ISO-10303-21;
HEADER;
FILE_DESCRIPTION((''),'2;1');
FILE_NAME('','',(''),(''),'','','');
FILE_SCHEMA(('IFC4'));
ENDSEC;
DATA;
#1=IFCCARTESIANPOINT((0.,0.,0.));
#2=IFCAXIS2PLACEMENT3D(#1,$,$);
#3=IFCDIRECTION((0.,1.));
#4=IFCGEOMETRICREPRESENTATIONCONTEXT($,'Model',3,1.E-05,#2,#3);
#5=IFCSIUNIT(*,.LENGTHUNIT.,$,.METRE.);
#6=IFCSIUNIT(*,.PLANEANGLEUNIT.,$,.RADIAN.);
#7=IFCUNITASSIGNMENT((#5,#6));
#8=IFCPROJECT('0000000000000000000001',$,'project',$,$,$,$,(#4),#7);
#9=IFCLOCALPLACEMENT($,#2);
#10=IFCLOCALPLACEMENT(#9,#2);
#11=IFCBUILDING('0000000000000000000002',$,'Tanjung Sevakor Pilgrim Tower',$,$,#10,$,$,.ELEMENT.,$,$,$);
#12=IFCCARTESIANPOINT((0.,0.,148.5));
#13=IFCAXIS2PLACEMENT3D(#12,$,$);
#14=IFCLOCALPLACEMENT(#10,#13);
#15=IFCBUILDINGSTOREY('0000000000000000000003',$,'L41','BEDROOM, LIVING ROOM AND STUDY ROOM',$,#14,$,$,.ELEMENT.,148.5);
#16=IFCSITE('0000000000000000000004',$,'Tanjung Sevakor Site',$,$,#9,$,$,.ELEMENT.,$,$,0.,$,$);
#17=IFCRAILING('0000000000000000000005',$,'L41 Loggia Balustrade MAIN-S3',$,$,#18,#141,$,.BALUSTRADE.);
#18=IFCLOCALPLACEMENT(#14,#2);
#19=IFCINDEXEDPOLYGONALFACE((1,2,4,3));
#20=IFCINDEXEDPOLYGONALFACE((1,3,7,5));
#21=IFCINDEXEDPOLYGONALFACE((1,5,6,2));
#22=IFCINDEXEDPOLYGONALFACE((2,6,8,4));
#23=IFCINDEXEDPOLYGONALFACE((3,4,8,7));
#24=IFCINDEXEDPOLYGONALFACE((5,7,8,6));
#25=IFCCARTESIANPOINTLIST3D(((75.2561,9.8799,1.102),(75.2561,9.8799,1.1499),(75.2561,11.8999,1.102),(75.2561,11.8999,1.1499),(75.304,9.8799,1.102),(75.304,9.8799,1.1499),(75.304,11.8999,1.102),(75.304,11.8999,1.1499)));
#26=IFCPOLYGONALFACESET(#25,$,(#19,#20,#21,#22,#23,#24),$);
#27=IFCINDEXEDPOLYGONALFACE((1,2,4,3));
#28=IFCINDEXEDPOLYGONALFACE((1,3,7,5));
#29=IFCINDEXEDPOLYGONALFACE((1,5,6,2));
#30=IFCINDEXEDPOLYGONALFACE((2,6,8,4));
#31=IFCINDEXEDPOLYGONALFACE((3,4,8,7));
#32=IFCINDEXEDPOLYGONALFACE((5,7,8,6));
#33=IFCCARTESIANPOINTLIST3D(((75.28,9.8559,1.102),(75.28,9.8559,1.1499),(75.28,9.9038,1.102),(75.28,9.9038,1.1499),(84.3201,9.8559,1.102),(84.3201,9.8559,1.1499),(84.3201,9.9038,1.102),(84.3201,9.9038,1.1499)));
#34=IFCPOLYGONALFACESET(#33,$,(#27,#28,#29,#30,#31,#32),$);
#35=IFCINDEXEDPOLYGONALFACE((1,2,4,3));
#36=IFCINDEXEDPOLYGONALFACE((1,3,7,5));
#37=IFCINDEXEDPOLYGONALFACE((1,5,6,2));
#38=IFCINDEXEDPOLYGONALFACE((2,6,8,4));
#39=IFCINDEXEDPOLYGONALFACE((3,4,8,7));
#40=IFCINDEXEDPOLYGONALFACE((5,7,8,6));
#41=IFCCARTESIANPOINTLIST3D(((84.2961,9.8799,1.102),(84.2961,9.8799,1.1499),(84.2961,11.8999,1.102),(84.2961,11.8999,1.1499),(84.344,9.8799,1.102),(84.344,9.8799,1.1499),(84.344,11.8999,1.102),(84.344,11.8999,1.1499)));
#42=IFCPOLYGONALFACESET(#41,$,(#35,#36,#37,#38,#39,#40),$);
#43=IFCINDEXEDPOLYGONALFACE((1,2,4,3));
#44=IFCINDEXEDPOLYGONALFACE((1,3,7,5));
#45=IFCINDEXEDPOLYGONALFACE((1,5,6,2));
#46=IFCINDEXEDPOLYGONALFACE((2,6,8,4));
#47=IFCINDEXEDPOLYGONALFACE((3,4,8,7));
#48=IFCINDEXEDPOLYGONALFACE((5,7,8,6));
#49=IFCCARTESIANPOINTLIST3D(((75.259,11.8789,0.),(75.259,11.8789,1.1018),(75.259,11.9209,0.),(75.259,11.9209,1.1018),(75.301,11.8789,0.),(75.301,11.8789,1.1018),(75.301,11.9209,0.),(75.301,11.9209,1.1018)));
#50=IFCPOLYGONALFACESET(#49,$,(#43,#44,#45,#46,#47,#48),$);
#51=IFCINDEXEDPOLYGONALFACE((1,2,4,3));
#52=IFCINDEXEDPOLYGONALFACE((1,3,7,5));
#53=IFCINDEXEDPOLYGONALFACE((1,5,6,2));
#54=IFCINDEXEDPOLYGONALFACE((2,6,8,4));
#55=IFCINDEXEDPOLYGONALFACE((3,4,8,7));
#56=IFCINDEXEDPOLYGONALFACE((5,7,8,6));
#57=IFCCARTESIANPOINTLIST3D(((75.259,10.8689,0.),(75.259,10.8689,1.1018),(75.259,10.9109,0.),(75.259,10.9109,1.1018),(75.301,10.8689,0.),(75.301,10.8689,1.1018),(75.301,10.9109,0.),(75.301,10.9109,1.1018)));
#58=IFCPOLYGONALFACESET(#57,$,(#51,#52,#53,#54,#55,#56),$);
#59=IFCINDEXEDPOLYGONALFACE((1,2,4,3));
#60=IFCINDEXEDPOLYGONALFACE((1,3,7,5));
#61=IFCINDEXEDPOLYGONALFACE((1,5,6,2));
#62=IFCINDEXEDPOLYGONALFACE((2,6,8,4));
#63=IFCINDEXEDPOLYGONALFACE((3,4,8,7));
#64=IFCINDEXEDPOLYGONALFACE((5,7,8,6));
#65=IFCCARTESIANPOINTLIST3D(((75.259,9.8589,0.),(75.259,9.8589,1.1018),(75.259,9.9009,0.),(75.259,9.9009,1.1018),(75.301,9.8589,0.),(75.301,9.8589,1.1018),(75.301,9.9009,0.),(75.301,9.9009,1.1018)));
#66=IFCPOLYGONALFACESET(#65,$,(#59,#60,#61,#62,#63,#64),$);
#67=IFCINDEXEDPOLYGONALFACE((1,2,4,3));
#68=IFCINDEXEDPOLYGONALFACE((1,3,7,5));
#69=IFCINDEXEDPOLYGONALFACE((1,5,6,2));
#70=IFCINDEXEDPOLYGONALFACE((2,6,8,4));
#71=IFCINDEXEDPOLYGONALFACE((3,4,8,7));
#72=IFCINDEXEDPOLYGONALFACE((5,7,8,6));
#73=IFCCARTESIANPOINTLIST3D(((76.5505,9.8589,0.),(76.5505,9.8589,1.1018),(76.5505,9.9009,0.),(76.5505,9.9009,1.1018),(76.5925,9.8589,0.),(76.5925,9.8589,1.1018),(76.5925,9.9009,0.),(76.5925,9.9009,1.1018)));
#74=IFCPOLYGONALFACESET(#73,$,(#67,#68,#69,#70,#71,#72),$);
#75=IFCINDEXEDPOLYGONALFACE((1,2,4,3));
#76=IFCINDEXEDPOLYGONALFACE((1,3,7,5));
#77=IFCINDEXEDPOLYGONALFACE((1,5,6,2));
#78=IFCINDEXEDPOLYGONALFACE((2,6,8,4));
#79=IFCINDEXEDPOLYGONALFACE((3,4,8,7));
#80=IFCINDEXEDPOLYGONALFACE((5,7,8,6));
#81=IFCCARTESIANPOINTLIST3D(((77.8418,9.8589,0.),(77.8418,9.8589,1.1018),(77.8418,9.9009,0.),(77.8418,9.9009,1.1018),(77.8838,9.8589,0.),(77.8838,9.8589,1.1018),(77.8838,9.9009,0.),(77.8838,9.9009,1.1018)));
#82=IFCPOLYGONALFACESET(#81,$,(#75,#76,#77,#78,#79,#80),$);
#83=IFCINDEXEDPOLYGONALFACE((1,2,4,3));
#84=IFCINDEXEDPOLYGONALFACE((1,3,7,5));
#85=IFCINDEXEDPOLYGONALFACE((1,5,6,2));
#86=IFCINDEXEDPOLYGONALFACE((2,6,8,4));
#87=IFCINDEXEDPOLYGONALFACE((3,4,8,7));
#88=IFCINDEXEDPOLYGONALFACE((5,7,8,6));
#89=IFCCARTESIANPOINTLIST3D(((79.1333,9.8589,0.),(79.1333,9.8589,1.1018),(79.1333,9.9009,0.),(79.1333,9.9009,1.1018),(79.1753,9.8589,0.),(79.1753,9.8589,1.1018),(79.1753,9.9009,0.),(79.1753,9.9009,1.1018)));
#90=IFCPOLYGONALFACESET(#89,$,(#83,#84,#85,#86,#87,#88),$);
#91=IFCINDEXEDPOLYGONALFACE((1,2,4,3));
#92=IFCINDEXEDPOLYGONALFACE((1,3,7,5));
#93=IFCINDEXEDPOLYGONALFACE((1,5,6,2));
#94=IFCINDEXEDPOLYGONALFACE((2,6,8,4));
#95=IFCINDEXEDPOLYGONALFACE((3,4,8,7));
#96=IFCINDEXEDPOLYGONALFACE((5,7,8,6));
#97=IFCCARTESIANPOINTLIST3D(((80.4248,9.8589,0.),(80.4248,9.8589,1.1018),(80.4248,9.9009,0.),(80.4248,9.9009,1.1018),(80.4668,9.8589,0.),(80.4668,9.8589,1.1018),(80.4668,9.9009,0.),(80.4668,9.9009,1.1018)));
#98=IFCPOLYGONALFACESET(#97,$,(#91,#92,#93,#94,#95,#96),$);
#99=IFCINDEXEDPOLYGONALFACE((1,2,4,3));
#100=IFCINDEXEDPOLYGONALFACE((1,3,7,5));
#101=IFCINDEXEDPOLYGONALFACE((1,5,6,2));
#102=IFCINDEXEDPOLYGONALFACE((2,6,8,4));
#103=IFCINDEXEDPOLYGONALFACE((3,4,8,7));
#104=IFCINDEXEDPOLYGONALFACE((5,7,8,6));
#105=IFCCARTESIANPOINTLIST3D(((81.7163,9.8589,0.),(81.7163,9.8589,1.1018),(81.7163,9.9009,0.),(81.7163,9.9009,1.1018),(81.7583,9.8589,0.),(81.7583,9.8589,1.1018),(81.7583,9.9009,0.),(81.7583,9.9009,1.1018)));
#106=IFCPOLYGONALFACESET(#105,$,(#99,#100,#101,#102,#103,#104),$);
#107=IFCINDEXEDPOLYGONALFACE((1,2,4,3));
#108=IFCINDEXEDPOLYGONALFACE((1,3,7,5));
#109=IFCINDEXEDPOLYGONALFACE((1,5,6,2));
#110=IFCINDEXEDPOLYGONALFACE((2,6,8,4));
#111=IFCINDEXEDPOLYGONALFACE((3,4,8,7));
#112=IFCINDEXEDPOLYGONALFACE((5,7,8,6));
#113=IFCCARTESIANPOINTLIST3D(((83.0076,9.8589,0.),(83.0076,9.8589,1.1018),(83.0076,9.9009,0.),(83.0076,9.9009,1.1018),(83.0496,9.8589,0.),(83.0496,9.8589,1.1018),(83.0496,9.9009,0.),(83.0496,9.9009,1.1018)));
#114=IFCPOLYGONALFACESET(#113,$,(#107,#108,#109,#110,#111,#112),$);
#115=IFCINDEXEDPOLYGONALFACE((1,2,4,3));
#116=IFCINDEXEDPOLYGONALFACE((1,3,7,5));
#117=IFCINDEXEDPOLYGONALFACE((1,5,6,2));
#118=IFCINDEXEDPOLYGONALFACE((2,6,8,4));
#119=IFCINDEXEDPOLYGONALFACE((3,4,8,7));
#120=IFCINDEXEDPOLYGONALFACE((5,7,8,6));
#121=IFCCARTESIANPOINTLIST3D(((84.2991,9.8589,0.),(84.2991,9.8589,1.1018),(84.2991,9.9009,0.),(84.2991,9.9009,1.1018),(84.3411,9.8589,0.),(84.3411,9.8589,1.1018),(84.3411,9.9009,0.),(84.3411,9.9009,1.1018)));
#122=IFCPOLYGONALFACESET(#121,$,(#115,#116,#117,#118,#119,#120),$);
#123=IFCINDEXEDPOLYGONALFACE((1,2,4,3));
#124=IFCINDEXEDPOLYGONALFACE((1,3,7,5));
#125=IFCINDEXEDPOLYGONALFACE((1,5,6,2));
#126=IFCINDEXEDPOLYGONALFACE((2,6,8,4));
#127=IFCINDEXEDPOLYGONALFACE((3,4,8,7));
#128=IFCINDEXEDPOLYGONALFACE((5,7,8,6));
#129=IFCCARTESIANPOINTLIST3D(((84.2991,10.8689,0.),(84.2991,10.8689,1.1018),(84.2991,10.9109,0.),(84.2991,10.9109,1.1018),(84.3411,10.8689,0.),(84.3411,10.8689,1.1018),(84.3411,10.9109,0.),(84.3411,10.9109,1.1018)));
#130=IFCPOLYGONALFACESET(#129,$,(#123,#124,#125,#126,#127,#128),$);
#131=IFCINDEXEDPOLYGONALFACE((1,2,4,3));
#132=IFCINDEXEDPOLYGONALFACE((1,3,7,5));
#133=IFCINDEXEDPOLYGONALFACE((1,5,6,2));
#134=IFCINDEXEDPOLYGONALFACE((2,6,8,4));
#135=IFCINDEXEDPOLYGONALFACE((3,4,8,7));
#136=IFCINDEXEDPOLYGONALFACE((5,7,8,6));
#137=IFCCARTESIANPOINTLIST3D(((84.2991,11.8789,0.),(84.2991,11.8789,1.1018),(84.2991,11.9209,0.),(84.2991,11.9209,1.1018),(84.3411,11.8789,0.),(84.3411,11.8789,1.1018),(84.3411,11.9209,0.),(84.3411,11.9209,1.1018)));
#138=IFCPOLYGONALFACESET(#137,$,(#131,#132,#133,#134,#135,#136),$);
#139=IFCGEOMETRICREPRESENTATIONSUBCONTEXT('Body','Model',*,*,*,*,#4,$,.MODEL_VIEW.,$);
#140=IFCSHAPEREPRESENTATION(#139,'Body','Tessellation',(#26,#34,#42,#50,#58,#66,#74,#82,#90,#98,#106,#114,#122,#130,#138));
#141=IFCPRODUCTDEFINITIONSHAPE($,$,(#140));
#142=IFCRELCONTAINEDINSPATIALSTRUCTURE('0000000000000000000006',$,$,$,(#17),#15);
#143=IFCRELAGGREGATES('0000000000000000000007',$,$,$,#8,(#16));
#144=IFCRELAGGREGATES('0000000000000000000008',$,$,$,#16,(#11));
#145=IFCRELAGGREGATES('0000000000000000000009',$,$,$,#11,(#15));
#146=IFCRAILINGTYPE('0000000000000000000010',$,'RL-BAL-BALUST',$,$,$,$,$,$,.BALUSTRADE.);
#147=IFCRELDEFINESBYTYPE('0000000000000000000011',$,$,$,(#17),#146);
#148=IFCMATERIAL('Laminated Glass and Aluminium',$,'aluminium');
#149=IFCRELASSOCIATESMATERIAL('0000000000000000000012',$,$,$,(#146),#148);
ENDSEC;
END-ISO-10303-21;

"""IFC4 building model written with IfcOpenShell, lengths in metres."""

from ifc_helpers import new_model, si_unit, direction, frame, origin, place, context, subcontext, project, spatial, rectangle, extrude, material, type_object, element, save


model = new_model("IFC4")

# Units and contexts
model_context = context("Model", 3, precision=1e-05, world=origin(), true_north=direction((0.0, 1.0)))
body_context = subcontext(model_context, "Body", "Model", "MODEL_VIEW")
ifc_project = project(units=[si_unit("LENGTHUNIT", "METRE"), si_unit("PLANEANGLEUNIT", "RADIAN")], contexts=[model_context])

# Site, building, storey
site_placement = place(None, origin())
site = spatial("IfcSite", under=ifc_project, at=site_placement, Name="Tanjung Sevakor Site", CompositionType="ELEMENT", RefElevation=0.0)
building_placement = place(site_placement, origin())
building = spatial("IfcBuilding", under=site, at=building_placement, Name="Tanjung Sevakor Pilgrim Tower", CompositionType="ELEMENT")
storey_placement = place(building_placement, frame((0.0, 0.0, 148.5)))
storey = spatial("IfcBuildingStorey", under=building, at=storey_placement, Name="L41", Description="BEDROOM, LIVING ROOM AND STUDY ROOM", CompositionType="ELEMENT", Elevation=148.5)

# Railing
ifc_material_1 = material(Name="Laminated Glass and Aluminium", Category="aluminium")
railing_type = type_object("IfcRailingType", Name="RL-BAL-BALUST", PredefinedType="BALUSTRADE", material=ifc_material_1)
railing_placement = place(storey_placement, frame((75.28, 11.8999, 0.0)))
element("IfcRailing", 1, at=railing_placement, inside=storey, type_object=railing_type, Name="L41 Loggia Balustrade MAIN-S3", PredefinedType="BALUSTRADE", context=body_context, shape_type="SweptSolid", body=[
    extrude(rectangle(XDim=0.0479, YDim=0.0479), frame((0.0, 0.0, 1.126), z_axis=(0.0, -1.0, 0.0), x_axis=(1.0, 0.0, 0.0)), (0.0, 0.0, 1.0), 2.02),
    extrude(rectangle(XDim=0.0479, YDim=0.0479), frame((0.0, -2.02, 1.126), z_axis=(1.0, 0.0, 0.0), x_axis=(0.0, 1.0, 0.0)), (0.0, 0.0, 1.0), 9.04),
    extrude(rectangle(XDim=0.0479, YDim=0.0479), frame((9.04, -2.02, 1.126), z_axis=(0.0, 1.0, 0.0), x_axis=(-1.0, 0.0, 0.0)), (0.0, 0.0, 1.0), 2.02),
    extrude(rectangle(XDim=0.042, YDim=0.042), origin(), (0.0, 0.0, 1.0), 1.1018),
    extrude(rectangle(XDim=0.042, YDim=0.042), frame((0.0, -1.01, 0.0)), (0.0, 0.0, 1.0), 1.1018),
    extrude(rectangle(XDim=0.042, YDim=0.042), frame((0.0, -2.02, 0.0)), (0.0, 0.0, 1.0), 1.1018),
    extrude(rectangle(XDim=0.042, YDim=0.042), frame((1.2915, -2.02, 0.0)), (0.0, 0.0, 1.0), 1.1018),
    extrude(rectangle(XDim=0.042, YDim=0.042), frame((2.5828, -2.02, 0.0)), (0.0, 0.0, 1.0), 1.1018),
    extrude(rectangle(XDim=0.042, YDim=0.042), frame((3.8743, -2.02, 0.0)), (0.0, 0.0, 1.0), 1.1018),
    extrude(rectangle(XDim=0.042, YDim=0.042), frame((5.1658, -2.02, 0.0)), (0.0, 0.0, 1.0), 1.1018),
    extrude(rectangle(XDim=0.042, YDim=0.042), frame((6.4573, -2.02, 0.0)), (0.0, 0.0, 1.0), 1.1018),
    extrude(rectangle(XDim=0.042, YDim=0.042), frame((7.7485, -2.02, 0.0)), (0.0, 0.0, 1.0), 1.1018),
    extrude(rectangle(XDim=0.042, YDim=0.042), frame((9.04, -2.02, 0.0)), (0.0, 0.0, 1.0), 1.1018),
    extrude(rectangle(XDim=0.042, YDim=0.042), frame((9.04, -1.01, 0.0)), (0.0, 0.0, 1.0), 1.1018),
    extrude(rectangle(XDim=0.042, YDim=0.042), frame((9.04, 0.0, 0.0)), (0.0, 0.0, 1.0), 1.1018),
])

save(model, "model.ifc")
